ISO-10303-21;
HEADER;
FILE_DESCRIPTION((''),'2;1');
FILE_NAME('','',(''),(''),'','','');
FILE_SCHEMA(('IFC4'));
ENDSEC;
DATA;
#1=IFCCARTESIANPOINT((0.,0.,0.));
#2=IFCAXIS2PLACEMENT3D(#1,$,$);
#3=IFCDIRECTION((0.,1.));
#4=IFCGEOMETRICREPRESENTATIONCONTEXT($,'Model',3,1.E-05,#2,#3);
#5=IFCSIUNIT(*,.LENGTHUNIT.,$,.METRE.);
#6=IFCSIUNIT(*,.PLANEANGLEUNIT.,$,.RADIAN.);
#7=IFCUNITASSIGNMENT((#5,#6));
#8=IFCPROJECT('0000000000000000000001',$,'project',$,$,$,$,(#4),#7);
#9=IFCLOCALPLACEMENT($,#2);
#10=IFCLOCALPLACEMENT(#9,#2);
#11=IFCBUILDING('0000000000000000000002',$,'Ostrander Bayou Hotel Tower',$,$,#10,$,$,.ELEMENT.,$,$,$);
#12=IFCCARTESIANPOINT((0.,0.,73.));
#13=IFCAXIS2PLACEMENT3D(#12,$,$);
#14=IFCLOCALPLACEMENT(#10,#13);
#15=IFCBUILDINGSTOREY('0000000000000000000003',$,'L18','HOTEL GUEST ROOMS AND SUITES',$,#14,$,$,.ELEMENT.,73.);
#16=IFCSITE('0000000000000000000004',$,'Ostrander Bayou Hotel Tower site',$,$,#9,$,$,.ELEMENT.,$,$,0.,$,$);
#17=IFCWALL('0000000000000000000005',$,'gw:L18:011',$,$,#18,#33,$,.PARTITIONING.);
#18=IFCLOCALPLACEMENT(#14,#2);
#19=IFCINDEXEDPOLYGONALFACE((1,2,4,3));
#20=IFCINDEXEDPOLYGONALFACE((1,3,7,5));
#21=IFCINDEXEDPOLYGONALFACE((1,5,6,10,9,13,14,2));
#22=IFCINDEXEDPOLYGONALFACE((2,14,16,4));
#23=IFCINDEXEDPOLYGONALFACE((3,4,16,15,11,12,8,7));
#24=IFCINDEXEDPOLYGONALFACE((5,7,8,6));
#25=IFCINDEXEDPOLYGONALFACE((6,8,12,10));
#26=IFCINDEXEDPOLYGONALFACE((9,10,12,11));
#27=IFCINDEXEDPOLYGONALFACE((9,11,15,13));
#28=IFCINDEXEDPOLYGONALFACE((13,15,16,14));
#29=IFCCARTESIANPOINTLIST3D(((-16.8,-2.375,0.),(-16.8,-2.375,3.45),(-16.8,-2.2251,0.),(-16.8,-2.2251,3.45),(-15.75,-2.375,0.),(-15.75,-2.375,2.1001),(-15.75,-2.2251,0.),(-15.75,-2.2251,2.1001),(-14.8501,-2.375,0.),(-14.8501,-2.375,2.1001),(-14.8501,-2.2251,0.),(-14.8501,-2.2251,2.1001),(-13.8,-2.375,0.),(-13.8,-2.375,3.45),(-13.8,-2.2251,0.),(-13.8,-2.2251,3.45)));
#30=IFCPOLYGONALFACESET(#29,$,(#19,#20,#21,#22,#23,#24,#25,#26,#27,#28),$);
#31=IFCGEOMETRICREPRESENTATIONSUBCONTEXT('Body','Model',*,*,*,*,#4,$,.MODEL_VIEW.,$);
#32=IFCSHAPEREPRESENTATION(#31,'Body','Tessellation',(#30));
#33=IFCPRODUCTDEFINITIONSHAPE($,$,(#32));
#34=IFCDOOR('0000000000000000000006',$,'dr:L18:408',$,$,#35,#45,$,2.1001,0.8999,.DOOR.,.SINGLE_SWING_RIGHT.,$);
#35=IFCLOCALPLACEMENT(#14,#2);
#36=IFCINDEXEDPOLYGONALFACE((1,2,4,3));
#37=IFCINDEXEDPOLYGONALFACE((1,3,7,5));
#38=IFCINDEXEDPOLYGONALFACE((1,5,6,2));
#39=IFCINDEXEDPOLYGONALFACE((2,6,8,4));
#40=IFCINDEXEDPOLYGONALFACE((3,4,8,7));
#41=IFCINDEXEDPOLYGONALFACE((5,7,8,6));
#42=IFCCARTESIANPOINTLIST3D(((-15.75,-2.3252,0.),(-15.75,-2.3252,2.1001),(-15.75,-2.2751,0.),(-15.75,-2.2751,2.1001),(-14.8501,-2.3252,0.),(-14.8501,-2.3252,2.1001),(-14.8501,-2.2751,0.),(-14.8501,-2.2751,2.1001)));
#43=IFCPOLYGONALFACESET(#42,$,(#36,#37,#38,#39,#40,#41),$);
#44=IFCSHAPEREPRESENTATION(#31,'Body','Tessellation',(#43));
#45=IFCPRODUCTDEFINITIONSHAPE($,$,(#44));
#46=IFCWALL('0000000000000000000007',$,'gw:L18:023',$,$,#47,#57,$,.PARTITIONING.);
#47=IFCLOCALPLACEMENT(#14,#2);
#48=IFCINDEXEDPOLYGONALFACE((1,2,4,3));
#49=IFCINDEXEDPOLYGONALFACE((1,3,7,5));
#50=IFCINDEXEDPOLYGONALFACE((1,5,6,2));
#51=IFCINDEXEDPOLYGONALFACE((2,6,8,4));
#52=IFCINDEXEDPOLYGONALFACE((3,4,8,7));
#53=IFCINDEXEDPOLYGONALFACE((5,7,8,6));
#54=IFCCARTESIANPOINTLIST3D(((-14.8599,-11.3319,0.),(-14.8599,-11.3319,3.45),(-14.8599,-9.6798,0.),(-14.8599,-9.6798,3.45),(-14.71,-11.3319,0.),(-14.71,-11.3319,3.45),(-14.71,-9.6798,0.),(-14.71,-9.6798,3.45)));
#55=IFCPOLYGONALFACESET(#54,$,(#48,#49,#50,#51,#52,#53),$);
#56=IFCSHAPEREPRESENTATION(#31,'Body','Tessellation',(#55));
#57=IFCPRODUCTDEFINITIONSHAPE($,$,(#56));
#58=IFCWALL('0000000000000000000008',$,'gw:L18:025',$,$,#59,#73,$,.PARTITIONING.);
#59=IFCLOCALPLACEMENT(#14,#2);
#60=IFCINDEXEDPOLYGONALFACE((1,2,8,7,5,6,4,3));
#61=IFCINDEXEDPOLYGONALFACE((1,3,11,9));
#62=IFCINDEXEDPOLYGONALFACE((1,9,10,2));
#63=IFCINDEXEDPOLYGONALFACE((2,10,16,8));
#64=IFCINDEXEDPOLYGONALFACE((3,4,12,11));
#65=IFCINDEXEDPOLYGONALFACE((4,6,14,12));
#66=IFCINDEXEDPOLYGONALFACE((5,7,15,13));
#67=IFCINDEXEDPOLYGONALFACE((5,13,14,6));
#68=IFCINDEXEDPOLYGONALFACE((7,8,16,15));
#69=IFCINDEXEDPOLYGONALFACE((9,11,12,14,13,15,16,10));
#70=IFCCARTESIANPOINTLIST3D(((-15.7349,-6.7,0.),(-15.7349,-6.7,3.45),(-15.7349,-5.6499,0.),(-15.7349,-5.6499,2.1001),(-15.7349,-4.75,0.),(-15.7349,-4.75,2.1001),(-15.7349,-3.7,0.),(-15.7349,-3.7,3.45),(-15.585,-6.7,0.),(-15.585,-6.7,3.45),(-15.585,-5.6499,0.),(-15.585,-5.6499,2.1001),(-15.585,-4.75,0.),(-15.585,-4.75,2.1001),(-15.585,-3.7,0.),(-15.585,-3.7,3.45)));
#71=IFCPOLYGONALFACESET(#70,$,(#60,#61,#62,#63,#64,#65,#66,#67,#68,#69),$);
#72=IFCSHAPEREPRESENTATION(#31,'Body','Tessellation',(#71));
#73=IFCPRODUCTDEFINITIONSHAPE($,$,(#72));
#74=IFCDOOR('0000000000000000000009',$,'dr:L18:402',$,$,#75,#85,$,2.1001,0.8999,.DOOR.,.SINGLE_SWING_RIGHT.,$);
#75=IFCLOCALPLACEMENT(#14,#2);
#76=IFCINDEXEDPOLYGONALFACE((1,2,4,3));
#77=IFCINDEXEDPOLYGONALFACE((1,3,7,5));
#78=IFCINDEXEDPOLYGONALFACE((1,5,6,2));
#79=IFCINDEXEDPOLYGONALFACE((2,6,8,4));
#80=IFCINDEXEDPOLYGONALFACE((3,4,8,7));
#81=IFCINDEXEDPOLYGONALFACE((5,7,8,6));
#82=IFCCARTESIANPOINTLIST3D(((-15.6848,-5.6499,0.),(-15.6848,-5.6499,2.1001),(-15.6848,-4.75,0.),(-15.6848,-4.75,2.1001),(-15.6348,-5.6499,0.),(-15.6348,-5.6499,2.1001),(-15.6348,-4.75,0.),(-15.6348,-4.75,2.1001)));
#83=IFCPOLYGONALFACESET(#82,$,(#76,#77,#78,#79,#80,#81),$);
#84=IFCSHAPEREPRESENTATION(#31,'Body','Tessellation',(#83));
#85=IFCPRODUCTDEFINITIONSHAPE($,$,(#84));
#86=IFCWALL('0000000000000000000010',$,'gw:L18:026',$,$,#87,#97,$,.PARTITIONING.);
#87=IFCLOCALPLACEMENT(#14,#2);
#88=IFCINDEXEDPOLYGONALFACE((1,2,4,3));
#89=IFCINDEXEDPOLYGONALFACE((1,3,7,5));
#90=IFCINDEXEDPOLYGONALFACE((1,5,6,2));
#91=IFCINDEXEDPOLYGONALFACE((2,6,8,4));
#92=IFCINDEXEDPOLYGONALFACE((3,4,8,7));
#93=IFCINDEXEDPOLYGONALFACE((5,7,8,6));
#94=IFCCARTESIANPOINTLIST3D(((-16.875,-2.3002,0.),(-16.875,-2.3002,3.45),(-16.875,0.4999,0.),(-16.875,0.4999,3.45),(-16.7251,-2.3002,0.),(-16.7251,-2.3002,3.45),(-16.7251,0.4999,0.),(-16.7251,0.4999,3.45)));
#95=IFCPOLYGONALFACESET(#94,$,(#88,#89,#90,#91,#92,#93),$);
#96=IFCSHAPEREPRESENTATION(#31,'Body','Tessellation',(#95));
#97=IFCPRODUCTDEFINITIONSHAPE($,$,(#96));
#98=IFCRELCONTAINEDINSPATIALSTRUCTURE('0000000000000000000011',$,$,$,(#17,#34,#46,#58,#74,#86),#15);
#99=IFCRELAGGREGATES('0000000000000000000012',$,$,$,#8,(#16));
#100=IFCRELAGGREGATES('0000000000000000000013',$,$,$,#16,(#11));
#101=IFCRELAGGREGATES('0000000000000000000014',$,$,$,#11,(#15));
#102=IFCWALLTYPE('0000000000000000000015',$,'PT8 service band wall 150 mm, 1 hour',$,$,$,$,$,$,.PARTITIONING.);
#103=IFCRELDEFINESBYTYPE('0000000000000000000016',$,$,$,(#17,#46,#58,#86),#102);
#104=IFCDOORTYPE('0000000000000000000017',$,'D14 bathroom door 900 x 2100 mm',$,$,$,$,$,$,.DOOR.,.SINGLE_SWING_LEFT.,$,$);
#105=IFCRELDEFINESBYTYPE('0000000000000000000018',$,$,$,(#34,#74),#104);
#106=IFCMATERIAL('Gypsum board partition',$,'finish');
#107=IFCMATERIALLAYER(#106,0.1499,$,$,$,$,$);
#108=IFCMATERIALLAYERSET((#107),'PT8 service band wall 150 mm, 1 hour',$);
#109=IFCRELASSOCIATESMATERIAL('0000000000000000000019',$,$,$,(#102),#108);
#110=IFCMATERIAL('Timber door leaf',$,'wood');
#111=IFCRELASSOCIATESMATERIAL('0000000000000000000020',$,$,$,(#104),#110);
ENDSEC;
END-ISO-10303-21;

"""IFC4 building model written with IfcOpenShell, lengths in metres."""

from ifc_helpers import new_model, si_unit, direction, frame, frame_2d, origin, place, context, subcontext, project, spatial, rectangle, extrude, material, layer, layer_set, type_object, element, fill, save


model = new_model("IFC4")

# Units and contexts
model_context = context("Model", 3, precision=1e-05, world=origin(), true_north=direction((0.0, 1.0)))
body_context = subcontext(model_context, "Body", "Model", "MODEL_VIEW")
ifc_project = project(units=[si_unit("LENGTHUNIT", "METRE"), si_unit("PLANEANGLEUNIT", "RADIAN")], contexts=[model_context])

# Site, building, storey
site_placement = place(None, origin())
site = spatial("IfcSite", under=ifc_project, at=site_placement, Name="Ostrander Bayou Hotel Tower site", CompositionType="ELEMENT", RefElevation=0.0)
building_placement = place(site_placement, origin())
building = spatial("IfcBuilding", under=site, at=building_placement, Name="Ostrander Bayou Hotel Tower", CompositionType="ELEMENT")
storey_placement = place(building_placement, frame((0.0, 0.0, 73.0)))
storey = spatial("IfcBuildingStorey", under=building, at=storey_placement, Name="L18", Description="HOTEL GUEST ROOMS AND SUITES", CompositionType="ELEMENT", Elevation=73.0)

# Shared definitions
ifc_material_1 = material(Name="Gypsum board partition", Category="finish")
ifc_layer_1 = layer(ifc_material_1, 0.1499)
ifc_layer_set_1 = layer_set([ifc_layer_1], Name="PT8 service band wall 150 mm, 1 hour")
wall_type_1 = type_object("IfcWallType", Name="PT8 service band wall 150 mm, 1 hour", PredefinedType="PARTITIONING", material=ifc_layer_set_1)

# Wall, opening, door
wall_1_placement = place(storey_placement, frame((-16.8, -2.3, 0.0), z_axis=(0.0, 0.0, 1.0), x_axis=(1.0, 0.0, 0.0)))
wall_1 = element("IfcWall", 1, at=wall_1_placement, inside=storey, type_object=wall_type_1, Name="gw:L18:011", PredefinedType="PARTITIONING", context=body_context, shape_type="SweptSolid", body=[
    extrude(rectangle(XDim=3.0, YDim=0.1499, at=frame_2d((1.5, 0.0))), origin(), (0.0, 0.0, 1.0), 3.45),
])
opening_1_placement = place(wall_1_placement, frame((1.05, 0.0, 0.0)))
opening_1 = element("IfcOpeningElement", 2, at=opening_1_placement, cuts=wall_1, PredefinedType="OPENING", context=body_context, shape_type="SweptSolid", body=[
    extrude(rectangle(XDim=0.8999, YDim=2.1001, at=frame_2d((0.45, 1.05))), frame((0.0, 0.075, 0.0), z_axis=(0.0, -1.0, 0.0), x_axis=(1.0, 0.0, 0.0)), (0.0, 0.0, 1.0), 0.1499),
])
ifc_material_2 = material(Name="Timber door leaf", Category="wood")
door_type_1 = type_object("IfcDoorType", Name="D14 bathroom door 900 x 2100 mm", OperationType="SINGLE_SWING_LEFT", PredefinedType="DOOR", material=ifc_material_2)
door_1_placement = place(opening_1_placement, origin())
door_1 = element("IfcDoor", 3, at=door_1_placement, inside=storey, type_object=door_type_1, Name="dr:L18:408", OperationType="SINGLE_SWING_RIGHT", OverallHeight=2.1001, OverallWidth=0.8999, PredefinedType="DOOR", context=body_context, shape_type="SweptSolid", body=[
    extrude(rectangle(XDim=0.8999, YDim=2.1001, at=frame_2d((0.45, 1.05))), frame((0.0, 0.0249, 0.0), z_axis=(0.0, -1.0, 0.0), x_axis=(1.0, 0.0, 0.0)), (0.0, 0.0, 1.0), 0.05),
])
fill(opening_1, door_1)

# Wall
wall_2_placement = place(storey_placement, frame((-14.7849, -11.332, 0.0), z_axis=(0.0, 0.0, 1.0), x_axis=(0.0, 1.0, 0.0)))
element("IfcWall", 4, at=wall_2_placement, inside=storey, type_object=wall_type_1, Name="gw:L18:023", PredefinedType="PARTITIONING", context=body_context, shape_type="SweptSolid", body=[
    extrude(rectangle(XDim=1.6521, YDim=0.1499, at=frame_2d((0.8262, 0.0))), origin(), (0.0, 0.0, 1.0), 3.45),
])

# Wall, opening, door
wall_3_placement = place(storey_placement, frame((-15.6599, -6.7, 0.0), z_axis=(0.0, 0.0, 1.0), x_axis=(0.0, 1.0, 0.0)))
wall_3 = element("IfcWall", 5, at=wall_3_placement, inside=storey, type_object=wall_type_1, Name="gw:L18:025", PredefinedType="PARTITIONING", context=body_context, shape_type="SweptSolid", body=[
    extrude(rectangle(XDim=3.0, YDim=0.1499, at=frame_2d((1.5, 0.0))), origin(), (0.0, 0.0, 1.0), 3.45),
])
opening_2_placement = place(wall_3_placement, frame((1.05, 0.0, 0.0)))
opening_2 = element("IfcOpeningElement", 6, at=opening_2_placement, cuts=wall_3, PredefinedType="OPENING", context=body_context, shape_type="SweptSolid", body=[
    extrude(rectangle(XDim=0.8999, YDim=2.1001, at=frame_2d((0.45, 1.05))), frame((0.0, 0.075, 0.0), z_axis=(0.0, -1.0, 0.0), x_axis=(1.0, 0.0, 0.0)), (0.0, 0.0, 1.0), 0.1499),
])
door_2_placement = place(opening_2_placement, origin())
door_2 = element("IfcDoor", 7, at=door_2_placement, inside=storey, type_object=door_type_1, Name="dr:L18:402", OperationType="SINGLE_SWING_RIGHT", OverallHeight=2.1001, OverallWidth=0.8999, PredefinedType="DOOR", context=body_context, shape_type="SweptSolid", body=[
    extrude(rectangle(XDim=0.8999, YDim=2.1001, at=frame_2d((0.45, 1.05))), frame((0.0, 0.0249, 0.0), z_axis=(0.0, -1.0, 0.0), x_axis=(1.0, 0.0, 0.0)), (0.0, 0.0, 1.0), 0.05),
])
fill(opening_2, door_2)

# Wall
wall_4_placement = place(storey_placement, frame((-16.8, -2.3, 0.0), z_axis=(0.0, 0.0, 1.0), x_axis=(0.0, 1.0, 0.0)))
element("IfcWall", 8, at=wall_4_placement, inside=storey, type_object=wall_type_1, Name="gw:L18:026", PredefinedType="PARTITIONING", context=body_context, shape_type="SweptSolid", body=[
    extrude(rectangle(XDim=2.8, YDim=0.1499, at=frame_2d((1.3999, 0.0))), origin(), (0.0, 0.0, 1.0), 3.45),
])

save(model, "model.ifc")
